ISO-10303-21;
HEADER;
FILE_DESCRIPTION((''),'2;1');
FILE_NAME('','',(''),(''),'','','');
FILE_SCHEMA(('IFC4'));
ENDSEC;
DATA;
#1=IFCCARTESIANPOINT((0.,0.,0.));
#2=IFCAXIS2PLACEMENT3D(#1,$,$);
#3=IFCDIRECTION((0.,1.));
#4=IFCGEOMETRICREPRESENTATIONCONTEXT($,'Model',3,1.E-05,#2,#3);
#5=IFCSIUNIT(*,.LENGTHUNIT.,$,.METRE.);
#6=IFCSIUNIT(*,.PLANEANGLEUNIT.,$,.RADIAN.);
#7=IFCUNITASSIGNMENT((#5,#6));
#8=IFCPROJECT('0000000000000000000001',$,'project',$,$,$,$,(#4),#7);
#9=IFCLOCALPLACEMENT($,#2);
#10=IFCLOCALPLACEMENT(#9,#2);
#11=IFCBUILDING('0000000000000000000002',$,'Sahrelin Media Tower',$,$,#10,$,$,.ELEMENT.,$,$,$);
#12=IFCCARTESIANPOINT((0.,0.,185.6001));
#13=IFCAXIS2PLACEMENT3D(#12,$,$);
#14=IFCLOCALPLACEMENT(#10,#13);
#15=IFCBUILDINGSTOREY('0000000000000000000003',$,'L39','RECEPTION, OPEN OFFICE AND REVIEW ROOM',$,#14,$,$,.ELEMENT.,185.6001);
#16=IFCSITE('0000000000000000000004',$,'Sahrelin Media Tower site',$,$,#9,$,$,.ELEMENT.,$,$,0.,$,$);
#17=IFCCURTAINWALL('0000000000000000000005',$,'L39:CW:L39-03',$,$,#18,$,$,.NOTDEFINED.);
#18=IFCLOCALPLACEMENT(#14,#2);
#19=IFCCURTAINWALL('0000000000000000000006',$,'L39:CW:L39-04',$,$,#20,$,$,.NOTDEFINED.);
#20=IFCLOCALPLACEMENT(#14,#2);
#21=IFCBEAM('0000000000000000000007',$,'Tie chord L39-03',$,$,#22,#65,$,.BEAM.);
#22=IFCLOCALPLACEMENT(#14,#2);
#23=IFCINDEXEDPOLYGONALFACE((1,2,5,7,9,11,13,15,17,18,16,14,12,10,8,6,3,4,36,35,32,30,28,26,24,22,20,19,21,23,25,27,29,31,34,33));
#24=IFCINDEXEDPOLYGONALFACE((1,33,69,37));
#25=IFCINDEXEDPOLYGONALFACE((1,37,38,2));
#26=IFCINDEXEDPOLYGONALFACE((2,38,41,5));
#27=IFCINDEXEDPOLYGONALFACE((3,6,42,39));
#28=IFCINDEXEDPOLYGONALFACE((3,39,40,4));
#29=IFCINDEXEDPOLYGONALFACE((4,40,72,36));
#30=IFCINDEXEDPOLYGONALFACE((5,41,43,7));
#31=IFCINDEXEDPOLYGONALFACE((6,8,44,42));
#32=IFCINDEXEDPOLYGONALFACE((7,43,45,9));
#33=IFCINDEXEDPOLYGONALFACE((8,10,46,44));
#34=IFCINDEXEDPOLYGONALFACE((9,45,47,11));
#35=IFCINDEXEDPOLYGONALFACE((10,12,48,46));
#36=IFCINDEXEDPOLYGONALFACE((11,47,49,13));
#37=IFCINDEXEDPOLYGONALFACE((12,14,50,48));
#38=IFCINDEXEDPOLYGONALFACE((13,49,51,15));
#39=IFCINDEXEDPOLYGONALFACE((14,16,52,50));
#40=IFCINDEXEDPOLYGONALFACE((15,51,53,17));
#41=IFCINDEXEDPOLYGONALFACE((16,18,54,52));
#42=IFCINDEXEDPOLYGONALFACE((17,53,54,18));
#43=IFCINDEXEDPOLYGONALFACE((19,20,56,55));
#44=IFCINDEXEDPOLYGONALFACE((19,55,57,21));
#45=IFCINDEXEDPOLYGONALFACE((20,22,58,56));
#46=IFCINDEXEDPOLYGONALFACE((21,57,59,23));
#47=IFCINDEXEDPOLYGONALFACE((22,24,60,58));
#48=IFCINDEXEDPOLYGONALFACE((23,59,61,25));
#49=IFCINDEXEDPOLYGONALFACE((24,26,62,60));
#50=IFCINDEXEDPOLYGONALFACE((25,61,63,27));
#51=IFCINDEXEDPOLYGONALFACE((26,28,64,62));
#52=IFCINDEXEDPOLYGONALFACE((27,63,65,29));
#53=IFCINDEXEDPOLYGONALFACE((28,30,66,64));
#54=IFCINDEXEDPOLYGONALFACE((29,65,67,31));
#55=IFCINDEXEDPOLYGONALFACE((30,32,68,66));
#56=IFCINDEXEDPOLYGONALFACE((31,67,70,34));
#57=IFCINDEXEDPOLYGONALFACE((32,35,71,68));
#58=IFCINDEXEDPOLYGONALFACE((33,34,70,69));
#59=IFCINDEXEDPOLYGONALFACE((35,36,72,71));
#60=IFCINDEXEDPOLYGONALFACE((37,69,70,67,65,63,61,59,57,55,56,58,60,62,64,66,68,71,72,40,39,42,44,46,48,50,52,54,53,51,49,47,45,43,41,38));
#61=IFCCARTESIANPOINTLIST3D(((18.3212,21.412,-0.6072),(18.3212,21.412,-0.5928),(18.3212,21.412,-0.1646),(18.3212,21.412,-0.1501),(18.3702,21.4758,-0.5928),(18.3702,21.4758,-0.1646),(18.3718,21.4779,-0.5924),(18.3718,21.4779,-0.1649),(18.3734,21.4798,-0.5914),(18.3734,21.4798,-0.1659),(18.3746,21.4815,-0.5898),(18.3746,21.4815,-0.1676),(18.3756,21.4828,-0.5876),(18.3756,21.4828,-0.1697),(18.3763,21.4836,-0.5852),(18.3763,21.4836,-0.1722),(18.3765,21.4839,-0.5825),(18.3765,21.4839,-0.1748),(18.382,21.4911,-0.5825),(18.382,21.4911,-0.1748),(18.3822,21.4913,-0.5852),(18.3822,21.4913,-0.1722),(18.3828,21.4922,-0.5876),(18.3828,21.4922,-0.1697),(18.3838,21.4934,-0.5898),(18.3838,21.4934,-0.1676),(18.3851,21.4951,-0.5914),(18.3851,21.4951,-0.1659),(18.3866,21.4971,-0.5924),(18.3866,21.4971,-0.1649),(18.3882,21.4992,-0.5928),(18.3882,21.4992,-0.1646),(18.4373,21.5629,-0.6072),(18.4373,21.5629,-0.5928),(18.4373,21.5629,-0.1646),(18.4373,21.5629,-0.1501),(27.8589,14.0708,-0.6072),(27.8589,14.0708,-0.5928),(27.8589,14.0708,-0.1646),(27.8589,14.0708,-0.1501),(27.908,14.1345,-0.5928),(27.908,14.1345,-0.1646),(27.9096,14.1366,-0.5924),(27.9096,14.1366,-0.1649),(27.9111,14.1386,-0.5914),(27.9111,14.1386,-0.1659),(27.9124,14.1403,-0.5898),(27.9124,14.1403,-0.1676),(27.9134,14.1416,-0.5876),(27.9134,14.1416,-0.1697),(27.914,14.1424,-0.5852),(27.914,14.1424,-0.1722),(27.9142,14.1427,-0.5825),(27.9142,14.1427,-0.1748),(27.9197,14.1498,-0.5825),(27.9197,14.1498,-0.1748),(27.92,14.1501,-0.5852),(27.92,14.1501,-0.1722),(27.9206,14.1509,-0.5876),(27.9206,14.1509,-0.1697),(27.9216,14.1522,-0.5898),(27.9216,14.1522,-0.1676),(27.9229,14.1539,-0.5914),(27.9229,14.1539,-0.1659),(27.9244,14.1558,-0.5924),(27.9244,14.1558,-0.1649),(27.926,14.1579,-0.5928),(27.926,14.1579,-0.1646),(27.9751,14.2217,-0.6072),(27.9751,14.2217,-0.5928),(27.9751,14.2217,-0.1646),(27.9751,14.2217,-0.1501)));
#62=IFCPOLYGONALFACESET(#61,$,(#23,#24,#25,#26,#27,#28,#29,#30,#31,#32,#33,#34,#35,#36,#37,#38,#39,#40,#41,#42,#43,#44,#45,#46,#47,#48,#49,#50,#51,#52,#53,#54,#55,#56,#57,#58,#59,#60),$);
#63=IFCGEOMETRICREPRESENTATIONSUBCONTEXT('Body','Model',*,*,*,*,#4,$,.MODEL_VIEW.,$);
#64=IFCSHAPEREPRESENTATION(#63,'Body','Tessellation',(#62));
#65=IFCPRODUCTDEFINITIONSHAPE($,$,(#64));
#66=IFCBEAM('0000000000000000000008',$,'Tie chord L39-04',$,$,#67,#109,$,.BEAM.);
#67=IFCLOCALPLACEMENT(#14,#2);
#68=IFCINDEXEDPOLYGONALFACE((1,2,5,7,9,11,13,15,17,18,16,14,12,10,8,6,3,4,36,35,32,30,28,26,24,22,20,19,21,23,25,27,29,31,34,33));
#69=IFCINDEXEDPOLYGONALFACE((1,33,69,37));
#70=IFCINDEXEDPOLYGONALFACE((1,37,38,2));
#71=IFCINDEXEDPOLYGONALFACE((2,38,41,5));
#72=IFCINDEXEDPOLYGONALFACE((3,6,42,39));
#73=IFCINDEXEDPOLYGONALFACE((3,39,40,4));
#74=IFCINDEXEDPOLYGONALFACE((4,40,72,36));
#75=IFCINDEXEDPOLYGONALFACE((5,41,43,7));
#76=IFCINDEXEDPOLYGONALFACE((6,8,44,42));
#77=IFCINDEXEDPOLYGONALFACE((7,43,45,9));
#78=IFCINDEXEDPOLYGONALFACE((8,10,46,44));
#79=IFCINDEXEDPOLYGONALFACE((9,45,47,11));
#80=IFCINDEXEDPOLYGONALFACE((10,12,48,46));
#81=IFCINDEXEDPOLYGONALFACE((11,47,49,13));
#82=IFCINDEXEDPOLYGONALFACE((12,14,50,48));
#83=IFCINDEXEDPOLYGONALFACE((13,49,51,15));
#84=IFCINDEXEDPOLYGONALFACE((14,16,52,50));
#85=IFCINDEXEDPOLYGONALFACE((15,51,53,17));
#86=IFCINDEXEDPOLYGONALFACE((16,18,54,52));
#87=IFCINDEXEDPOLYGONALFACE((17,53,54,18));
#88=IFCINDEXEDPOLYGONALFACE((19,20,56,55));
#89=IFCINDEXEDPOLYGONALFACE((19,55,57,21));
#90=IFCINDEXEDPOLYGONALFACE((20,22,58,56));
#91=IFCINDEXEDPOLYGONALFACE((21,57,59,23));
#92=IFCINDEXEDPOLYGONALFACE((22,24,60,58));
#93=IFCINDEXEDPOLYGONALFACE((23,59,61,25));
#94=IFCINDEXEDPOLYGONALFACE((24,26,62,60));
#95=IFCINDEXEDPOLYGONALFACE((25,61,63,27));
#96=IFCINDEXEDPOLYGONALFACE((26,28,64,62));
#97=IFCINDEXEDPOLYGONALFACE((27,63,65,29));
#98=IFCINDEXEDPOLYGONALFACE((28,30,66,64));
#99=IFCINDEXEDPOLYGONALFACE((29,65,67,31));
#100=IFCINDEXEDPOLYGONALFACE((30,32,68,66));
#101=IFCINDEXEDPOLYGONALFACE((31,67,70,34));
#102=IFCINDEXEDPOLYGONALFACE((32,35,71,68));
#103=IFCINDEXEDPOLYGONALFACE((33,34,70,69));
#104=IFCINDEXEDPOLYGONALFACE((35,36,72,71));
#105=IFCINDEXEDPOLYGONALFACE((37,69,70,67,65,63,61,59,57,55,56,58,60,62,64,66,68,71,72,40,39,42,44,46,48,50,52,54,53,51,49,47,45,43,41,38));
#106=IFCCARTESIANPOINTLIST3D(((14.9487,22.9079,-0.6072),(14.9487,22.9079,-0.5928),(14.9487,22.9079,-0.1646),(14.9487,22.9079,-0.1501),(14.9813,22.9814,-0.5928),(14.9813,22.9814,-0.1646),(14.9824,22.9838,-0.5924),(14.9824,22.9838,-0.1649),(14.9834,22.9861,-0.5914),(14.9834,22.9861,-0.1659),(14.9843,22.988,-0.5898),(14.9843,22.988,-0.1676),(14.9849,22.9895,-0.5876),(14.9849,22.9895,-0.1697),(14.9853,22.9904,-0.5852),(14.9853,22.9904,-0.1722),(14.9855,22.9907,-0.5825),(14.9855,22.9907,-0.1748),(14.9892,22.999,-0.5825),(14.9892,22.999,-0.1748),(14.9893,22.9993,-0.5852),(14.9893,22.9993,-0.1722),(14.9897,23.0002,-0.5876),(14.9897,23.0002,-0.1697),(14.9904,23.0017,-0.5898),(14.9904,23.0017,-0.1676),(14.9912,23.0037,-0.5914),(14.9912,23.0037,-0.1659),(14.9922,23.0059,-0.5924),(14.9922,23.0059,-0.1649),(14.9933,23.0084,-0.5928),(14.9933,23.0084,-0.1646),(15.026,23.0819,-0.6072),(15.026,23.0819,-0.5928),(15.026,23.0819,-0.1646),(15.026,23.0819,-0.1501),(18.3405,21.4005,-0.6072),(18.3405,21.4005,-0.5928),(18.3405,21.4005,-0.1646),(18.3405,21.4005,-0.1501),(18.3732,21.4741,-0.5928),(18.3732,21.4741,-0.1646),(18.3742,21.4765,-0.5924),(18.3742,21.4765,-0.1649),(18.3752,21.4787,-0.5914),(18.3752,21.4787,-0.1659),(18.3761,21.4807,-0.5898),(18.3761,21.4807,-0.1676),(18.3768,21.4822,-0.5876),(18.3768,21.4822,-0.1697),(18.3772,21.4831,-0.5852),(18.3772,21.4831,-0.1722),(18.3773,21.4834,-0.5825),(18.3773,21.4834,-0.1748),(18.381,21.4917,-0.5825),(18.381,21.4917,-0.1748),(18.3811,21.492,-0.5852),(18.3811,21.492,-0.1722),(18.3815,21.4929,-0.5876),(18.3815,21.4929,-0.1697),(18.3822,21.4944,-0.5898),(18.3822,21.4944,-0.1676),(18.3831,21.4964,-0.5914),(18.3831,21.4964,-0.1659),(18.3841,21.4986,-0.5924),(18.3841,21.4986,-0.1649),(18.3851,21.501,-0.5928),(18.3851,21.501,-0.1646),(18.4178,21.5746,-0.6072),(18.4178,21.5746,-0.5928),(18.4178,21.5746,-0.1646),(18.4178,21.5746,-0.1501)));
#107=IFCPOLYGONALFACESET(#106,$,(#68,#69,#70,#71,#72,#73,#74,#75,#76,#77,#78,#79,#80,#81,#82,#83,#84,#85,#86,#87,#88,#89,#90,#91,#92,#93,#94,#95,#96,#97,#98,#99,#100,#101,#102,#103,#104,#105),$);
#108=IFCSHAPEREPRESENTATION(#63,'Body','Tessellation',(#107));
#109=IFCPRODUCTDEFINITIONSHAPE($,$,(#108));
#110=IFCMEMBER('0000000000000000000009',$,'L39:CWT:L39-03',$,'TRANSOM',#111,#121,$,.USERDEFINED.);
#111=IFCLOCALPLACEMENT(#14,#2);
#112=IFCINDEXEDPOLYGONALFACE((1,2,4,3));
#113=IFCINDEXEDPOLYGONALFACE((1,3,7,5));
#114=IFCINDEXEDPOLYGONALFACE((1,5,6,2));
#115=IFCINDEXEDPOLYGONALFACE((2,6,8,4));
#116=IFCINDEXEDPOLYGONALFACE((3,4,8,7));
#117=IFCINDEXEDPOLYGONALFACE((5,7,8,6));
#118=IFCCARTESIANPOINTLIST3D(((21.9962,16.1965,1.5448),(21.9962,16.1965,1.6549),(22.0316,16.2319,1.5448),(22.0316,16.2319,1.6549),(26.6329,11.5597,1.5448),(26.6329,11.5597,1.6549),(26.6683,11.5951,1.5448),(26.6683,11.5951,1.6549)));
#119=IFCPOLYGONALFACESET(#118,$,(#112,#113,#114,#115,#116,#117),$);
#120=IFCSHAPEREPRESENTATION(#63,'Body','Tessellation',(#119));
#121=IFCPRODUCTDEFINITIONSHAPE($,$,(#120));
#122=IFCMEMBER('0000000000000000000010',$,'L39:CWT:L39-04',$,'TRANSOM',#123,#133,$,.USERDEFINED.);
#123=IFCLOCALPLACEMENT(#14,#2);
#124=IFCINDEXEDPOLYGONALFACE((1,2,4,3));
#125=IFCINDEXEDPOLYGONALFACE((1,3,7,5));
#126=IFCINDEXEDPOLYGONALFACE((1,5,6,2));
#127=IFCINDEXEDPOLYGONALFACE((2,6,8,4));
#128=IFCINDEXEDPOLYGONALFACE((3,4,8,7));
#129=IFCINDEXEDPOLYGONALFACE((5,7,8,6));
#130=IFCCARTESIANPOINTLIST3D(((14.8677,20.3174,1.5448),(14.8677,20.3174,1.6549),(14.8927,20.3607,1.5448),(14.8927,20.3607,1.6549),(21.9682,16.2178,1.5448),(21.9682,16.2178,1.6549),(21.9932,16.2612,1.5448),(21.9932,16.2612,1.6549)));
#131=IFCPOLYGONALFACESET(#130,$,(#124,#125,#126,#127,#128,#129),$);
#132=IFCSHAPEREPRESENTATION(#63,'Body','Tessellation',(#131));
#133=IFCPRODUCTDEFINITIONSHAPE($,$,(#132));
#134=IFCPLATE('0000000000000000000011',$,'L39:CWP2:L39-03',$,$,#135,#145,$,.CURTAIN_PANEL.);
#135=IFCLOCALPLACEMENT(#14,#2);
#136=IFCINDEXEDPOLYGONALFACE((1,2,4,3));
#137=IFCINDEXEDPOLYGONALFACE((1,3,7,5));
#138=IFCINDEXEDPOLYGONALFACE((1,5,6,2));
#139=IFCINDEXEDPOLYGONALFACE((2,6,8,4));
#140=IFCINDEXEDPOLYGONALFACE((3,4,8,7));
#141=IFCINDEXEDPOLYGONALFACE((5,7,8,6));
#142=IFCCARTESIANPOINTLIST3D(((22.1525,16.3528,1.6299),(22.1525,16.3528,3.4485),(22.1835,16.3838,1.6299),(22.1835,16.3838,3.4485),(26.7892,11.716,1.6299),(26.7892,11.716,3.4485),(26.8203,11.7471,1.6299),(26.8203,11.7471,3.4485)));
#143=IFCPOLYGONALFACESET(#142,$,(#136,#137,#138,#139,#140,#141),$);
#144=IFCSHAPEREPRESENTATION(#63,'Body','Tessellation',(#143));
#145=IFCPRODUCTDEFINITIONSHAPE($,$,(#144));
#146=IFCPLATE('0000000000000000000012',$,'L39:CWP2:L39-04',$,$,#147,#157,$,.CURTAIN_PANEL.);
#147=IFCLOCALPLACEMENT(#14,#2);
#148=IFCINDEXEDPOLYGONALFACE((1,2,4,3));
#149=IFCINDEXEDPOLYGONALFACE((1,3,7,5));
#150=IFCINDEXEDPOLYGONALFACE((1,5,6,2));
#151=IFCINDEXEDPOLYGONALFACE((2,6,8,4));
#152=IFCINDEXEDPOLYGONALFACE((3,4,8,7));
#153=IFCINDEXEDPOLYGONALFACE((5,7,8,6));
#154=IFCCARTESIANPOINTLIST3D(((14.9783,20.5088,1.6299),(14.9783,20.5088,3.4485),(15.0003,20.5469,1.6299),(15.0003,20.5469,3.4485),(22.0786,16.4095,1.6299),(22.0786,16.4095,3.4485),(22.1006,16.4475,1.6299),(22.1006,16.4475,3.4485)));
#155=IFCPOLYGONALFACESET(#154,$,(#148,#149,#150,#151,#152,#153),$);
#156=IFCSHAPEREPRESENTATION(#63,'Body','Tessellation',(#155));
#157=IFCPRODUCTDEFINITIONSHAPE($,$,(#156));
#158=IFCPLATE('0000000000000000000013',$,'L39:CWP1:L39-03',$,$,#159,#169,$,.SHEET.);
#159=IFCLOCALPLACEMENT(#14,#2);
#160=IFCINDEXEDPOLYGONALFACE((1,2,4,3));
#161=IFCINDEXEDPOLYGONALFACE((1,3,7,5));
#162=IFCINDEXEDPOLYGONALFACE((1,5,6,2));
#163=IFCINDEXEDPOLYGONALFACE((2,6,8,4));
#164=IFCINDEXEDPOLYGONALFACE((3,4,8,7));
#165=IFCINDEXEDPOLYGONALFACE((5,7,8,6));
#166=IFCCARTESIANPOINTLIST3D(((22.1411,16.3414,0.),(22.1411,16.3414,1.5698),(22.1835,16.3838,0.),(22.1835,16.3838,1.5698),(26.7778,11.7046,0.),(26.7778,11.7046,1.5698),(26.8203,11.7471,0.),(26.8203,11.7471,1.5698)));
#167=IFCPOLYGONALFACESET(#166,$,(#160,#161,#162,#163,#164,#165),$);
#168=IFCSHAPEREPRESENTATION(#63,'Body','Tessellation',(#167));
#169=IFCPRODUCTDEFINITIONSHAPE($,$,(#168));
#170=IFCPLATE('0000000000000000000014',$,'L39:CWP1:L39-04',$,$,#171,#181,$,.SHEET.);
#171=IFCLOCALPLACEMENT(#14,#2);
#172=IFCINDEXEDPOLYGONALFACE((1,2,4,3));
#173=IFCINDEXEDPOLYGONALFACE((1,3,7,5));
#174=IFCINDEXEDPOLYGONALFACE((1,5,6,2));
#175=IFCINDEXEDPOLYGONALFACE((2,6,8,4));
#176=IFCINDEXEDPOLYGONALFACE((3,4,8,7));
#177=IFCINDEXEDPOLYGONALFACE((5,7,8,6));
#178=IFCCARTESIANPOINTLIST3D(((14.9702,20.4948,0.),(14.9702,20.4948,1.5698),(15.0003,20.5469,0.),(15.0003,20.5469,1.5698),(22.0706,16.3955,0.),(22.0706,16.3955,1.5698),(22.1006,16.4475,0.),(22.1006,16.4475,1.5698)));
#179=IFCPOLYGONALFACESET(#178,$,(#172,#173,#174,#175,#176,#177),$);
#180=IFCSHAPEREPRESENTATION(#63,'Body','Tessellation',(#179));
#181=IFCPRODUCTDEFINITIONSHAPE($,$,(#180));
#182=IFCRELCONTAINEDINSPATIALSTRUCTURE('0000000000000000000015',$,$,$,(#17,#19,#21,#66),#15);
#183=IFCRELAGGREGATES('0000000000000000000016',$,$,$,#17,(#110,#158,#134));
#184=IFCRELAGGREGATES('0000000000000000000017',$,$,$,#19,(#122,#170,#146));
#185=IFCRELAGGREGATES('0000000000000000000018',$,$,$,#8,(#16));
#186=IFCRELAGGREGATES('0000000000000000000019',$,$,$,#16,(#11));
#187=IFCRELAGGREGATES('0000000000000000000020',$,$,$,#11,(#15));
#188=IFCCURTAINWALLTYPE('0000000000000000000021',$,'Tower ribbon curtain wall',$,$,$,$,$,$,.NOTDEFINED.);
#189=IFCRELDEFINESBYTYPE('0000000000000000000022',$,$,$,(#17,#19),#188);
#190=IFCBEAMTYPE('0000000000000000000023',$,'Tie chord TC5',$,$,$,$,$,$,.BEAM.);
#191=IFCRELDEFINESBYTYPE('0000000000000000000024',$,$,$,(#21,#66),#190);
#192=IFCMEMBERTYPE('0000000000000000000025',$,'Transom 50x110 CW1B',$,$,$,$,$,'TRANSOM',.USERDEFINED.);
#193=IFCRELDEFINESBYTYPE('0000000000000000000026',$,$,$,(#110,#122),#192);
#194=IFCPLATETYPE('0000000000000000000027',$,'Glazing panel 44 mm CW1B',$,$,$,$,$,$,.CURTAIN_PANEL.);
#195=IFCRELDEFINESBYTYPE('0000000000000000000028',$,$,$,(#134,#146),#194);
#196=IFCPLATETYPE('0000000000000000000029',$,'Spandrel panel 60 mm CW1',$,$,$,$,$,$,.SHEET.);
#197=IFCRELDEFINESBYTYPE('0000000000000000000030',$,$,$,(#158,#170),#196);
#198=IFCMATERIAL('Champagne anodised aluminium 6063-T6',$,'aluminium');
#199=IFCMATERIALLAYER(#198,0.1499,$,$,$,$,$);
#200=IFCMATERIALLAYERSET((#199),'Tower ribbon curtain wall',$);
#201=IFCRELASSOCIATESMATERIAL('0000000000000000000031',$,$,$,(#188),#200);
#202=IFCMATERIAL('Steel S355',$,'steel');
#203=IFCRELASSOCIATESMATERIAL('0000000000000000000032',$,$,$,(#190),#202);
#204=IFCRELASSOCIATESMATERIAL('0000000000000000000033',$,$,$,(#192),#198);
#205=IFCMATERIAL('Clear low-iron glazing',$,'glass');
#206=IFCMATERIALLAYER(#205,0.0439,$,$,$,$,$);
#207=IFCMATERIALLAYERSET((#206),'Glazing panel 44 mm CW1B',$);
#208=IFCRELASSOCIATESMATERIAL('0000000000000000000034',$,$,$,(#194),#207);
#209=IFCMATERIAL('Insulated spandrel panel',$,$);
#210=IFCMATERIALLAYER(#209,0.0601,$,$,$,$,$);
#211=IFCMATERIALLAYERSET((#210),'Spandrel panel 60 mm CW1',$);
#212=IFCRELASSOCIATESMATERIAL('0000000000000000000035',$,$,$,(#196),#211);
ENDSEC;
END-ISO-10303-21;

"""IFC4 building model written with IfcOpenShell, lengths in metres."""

from ifc_helpers import new_model, si_unit, direction, frame, origin, origin_2d, place, context, subcontext, project, spatial, polyline, rectangle, i_section, outline, extrude, material, layer, layer_set, material_profile, profile_set, type_object, element, aggregate, save


model = new_model("IFC4")

# Units and contexts
model_context = context("Model", 3, precision=1e-05, world=origin(), true_north=direction((0.0, 1.0)))
body_context = subcontext(model_context, "Body", "Model", "MODEL_VIEW")
ifc_project = project(units=[si_unit("LENGTHUNIT", "METRE"), si_unit("PLANEANGLEUNIT", "RADIAN")], contexts=[model_context])

# Site, building, storey
site_placement = place(None, origin())
site = spatial("IfcSite", under=ifc_project, at=site_placement, Name="Sahrelin Media Tower site", CompositionType="ELEMENT", RefElevation=0.0)
building_placement = place(site_placement, origin())
building = spatial("IfcBuilding", under=site, at=building_placement, Name="Sahrelin Media Tower", CompositionType="ELEMENT")
storey_placement = place(building_placement, frame((0.0, 0.0, 185.6001)))
storey = spatial("IfcBuildingStorey", under=building, at=storey_placement, Name="L39", Description="RECEPTION, OPEN OFFICE AND REVIEW ROOM", CompositionType="ELEMENT", Elevation=185.6001)

# Shared definitions
ifc_material_1 = material(Name="Steel S355", Category="steel")

# Curtain walls
ifc_material_2 = material(Name="Champagne anodised aluminium 6063-T6", Category="aluminium")
ifc_layer_1 = layer(ifc_material_2, 0.1499)
ifc_layer_set_1 = layer_set([ifc_layer_1], Name="Tower ribbon curtain wall")
curtain_wall_type = type_object("IfcCurtainWallType", Name="Tower ribbon curtain wall", PredefinedType="NOTDEFINED", material=ifc_layer_set_1)
curtain_wall_1_placement = place(storey_placement, frame((24.4878, 14.0513, 0.0), z_axis=(0.0, 0.0, 1.0), x_axis=(1.0, 0.0, 0.0)))
curtain_wall_1 = element("IfcCurtainWall", 1, at=curtain_wall_1_placement, inside=storey, type_object=curtain_wall_type, Name="L39:CW:L39-03", PredefinedType="NOTDEFINED")
curtain_wall_2_placement = place(storey_placement, frame((18.5405, 18.48, 0.0), z_axis=(0.0, 0.0, 1.0), x_axis=(1.0, 0.0, 0.0)))
curtain_wall_2 = element("IfcCurtainWall", 2, at=curtain_wall_2_placement, inside=storey, type_object=curtain_wall_type, Name="L39:CW:L39-04", PredefinedType="NOTDEFINED")

# Beams
ifc_material_profile_1 = material_profile(ifc_material_1, i_section(OverallWidth=0.1904, OverallDepth=0.457, WebThickness=0.009, FlangeThickness=0.0144, FilletRadius=0.0103, at=origin_2d()), Name="UB 457x191x74")
ifc_profile_set_1 = profile_set([ifc_material_profile_1], Name="Steel S355")
beam_type_1 = type_object("IfcBeamType", Name="Tie chord TC5", PredefinedType="BEAM", material=ifc_profile_set_1)
beam_1_placement = place(storey_placement, frame((27.917, 14.1462, -0.3787), z_axis=(-0.792443, 0.609946, 0.0), x_axis=(-0.609946, -0.792443, 0.0)))
element("IfcBeam", 3, at=beam_1_placement, inside=storey, type_object=beam_type_1, Name="Tie chord L39-03", PredefinedType="BEAM", context=body_context, shape_type="SweptSolid", body=[
    extrude(i_section(OverallWidth=0.1904, OverallDepth=0.457, WebThickness=0.009, FlangeThickness=0.0144, FilletRadius=0.0103, at=origin_2d()), origin(), (0.0, 0.0, 1.0), 12.0359),
])
beam_2_placement = place(storey_placement, frame((18.3792, 21.4875, -0.3787), z_axis=(-0.913828, 0.406102, 0.0), x_axis=(-0.406102, -0.913828, 0.0)))
element("IfcBeam", 4, at=beam_2_placement, inside=storey, type_object=beam_type_1, Name="Tie chord L39-04", PredefinedType="BEAM", context=body_context, shape_type="SweptSolid", body=[
    extrude(i_section(OverallWidth=0.1904, OverallDepth=0.457, WebThickness=0.009, FlangeThickness=0.0144, FilletRadius=0.0103, at=origin_2d()), origin(), (0.0, 0.0, 1.0), 3.7117),
])

# Members
ifc_material_profile_2 = material_profile(ifc_material_2, rectangle(XDim=0.05, YDim=0.1101, at=origin_2d()), Name="Transom 50x110")
ifc_profile_set_2 = profile_set([ifc_material_profile_2], Name="Champagne anodised aluminium 6063-T6")
member_type_1 = type_object("IfcMemberType", Name="Transom 50x110 CW1B", ElementType="TRANSOM", PredefinedType="USERDEFINED", material=ifc_profile_set_2)
member_1_placement = place(storey_placement, frame((26.6506, 11.5774, 1.5999), z_axis=(-0.707107, 0.707107, 0.0), x_axis=(-0.707107, -0.707107, 0.0)))
member_1 = element("IfcMember", 5, at=member_1_placement, type_object=member_type_1, Name="L39:CWT:L39-03", ObjectType="TRANSOM", PredefinedType="USERDEFINED", context=body_context, shape_type="SweptSolid", body=[
    extrude(rectangle(XDim=0.05, YDim=0.1101, at=origin_2d()), origin(), (0.0, 0.0, 1.0), 6.5574),
])
member_2_placement = place(storey_placement, frame((21.9807, 16.2395, 1.5999), z_axis=(-0.866021, 0.500008, 0.0), x_axis=(-0.500008, -0.866021, 0.0)))
member_2 = element("IfcMember", 6, at=member_2_placement, type_object=member_type_1, Name="L39:CWT:L39-04", ObjectType="TRANSOM", PredefinedType="USERDEFINED", context=body_context, shape_type="SweptSolid", body=[
    extrude(rectangle(XDim=0.05, YDim=0.1101, at=origin_2d()), origin(), (0.0, 0.0, 1.0), 8.199),
])

# Plates
ifc_material_3 = material(Name="Clear low-iron glazing", Category="glass")
ifc_layer_2 = layer(ifc_material_3, 0.0439)
ifc_layer_set_2 = layer_set([ifc_layer_2], Name="Glazing panel 44 mm CW1B")
plate_type_1 = type_object("IfcPlateType", Name="Glazing panel 44 mm CW1B", PredefinedType="CURTAIN_PANEL", material=ifc_layer_set_2)
plate_1_placement = place(storey_placement, frame((26.8203, 11.7471, 1.6299), z_axis=(0.707107, 0.707107, 0.0), x_axis=(-0.707107, 0.707107, 0.0)))
plate_1 = element("IfcPlate", 7, at=plate_1_placement, type_object=plate_type_1, Name="L39:CWP2:L39-03", PredefinedType="CURTAIN_PANEL", context=body_context, shape_type="SweptSolid", body=[
    extrude(outline(polyline([(0.0, 0.0), (6.5574, 0.0), (6.5574, 1.8186), (0.0, 1.8186), (0.0, 0.0)])), origin(), (0.0, 0.0, -1.0), 0.0439),
])
plate_2_placement = place(storey_placement, frame((22.1006, 16.4475, 1.6299), z_axis=(0.499998, 0.866026, 0.0), x_axis=(-0.866026, 0.499998, 0.0)))
plate_2 = element("IfcPlate", 8, at=plate_2_placement, type_object=plate_type_1, Name="L39:CWP2:L39-04", PredefinedType="CURTAIN_PANEL", context=body_context, shape_type="SweptSolid", body=[
    extrude(outline(polyline([(0.0, 0.0), (8.1987, 0.0), (8.1987, 1.8186), (0.0, 1.8186), (0.0, 0.0)])), origin(), (0.0, 0.0, -1.0), 0.0439),
])
ifc_material_4 = material(Name="Insulated spandrel panel")
ifc_layer_3 = layer(ifc_material_4, 0.0601)
ifc_layer_set_3 = layer_set([ifc_layer_3], Name="Spandrel panel 60 mm CW1")
plate_type_2 = type_object("IfcPlateType", Name="Spandrel panel 60 mm CW1", PredefinedType="SHEET", material=ifc_layer_set_3)
plate_3_placement = place(storey_placement, frame((26.8203, 11.7471, 0.0), z_axis=(0.707107, 0.707107, 0.0), x_axis=(-0.707107, 0.707107, 0.0)))
plate_3 = element("IfcPlate", 9, at=plate_3_placement, type_object=plate_type_2, Name="L39:CWP1:L39-03", PredefinedType="SHEET", context=body_context, shape_type="SweptSolid", body=[
    extrude(outline(polyline([(0.0, 0.0), (6.5574, 0.0), (6.5574, 1.5698), (0.0, 1.5698), (0.0, 0.0)])), origin(), (0.0, 0.0, -1.0), 0.0601),
])
aggregate(curtain_wall_1, [member_1, plate_3, plate_1])
plate_4_placement = place(storey_placement, frame((22.1006, 16.4475, 0.0), z_axis=(0.499998, 0.866026, 0.0), x_axis=(-0.866026, 0.499998, 0.0)))
plate_4 = element("IfcPlate", 10, at=plate_4_placement, type_object=plate_type_2, Name="L39:CWP1:L39-04", PredefinedType="SHEET", context=body_context, shape_type="SweptSolid", body=[
    extrude(outline(polyline([(0.0, 0.0), (8.1987, 0.0), (8.1987, 1.5698), (0.0, 1.5698), (0.0, 0.0)])), origin(), (0.0, 0.0, -1.0), 0.0601),
])
aggregate(curtain_wall_2, [member_2, plate_4, plate_2])

save(model, "model.ifc")
